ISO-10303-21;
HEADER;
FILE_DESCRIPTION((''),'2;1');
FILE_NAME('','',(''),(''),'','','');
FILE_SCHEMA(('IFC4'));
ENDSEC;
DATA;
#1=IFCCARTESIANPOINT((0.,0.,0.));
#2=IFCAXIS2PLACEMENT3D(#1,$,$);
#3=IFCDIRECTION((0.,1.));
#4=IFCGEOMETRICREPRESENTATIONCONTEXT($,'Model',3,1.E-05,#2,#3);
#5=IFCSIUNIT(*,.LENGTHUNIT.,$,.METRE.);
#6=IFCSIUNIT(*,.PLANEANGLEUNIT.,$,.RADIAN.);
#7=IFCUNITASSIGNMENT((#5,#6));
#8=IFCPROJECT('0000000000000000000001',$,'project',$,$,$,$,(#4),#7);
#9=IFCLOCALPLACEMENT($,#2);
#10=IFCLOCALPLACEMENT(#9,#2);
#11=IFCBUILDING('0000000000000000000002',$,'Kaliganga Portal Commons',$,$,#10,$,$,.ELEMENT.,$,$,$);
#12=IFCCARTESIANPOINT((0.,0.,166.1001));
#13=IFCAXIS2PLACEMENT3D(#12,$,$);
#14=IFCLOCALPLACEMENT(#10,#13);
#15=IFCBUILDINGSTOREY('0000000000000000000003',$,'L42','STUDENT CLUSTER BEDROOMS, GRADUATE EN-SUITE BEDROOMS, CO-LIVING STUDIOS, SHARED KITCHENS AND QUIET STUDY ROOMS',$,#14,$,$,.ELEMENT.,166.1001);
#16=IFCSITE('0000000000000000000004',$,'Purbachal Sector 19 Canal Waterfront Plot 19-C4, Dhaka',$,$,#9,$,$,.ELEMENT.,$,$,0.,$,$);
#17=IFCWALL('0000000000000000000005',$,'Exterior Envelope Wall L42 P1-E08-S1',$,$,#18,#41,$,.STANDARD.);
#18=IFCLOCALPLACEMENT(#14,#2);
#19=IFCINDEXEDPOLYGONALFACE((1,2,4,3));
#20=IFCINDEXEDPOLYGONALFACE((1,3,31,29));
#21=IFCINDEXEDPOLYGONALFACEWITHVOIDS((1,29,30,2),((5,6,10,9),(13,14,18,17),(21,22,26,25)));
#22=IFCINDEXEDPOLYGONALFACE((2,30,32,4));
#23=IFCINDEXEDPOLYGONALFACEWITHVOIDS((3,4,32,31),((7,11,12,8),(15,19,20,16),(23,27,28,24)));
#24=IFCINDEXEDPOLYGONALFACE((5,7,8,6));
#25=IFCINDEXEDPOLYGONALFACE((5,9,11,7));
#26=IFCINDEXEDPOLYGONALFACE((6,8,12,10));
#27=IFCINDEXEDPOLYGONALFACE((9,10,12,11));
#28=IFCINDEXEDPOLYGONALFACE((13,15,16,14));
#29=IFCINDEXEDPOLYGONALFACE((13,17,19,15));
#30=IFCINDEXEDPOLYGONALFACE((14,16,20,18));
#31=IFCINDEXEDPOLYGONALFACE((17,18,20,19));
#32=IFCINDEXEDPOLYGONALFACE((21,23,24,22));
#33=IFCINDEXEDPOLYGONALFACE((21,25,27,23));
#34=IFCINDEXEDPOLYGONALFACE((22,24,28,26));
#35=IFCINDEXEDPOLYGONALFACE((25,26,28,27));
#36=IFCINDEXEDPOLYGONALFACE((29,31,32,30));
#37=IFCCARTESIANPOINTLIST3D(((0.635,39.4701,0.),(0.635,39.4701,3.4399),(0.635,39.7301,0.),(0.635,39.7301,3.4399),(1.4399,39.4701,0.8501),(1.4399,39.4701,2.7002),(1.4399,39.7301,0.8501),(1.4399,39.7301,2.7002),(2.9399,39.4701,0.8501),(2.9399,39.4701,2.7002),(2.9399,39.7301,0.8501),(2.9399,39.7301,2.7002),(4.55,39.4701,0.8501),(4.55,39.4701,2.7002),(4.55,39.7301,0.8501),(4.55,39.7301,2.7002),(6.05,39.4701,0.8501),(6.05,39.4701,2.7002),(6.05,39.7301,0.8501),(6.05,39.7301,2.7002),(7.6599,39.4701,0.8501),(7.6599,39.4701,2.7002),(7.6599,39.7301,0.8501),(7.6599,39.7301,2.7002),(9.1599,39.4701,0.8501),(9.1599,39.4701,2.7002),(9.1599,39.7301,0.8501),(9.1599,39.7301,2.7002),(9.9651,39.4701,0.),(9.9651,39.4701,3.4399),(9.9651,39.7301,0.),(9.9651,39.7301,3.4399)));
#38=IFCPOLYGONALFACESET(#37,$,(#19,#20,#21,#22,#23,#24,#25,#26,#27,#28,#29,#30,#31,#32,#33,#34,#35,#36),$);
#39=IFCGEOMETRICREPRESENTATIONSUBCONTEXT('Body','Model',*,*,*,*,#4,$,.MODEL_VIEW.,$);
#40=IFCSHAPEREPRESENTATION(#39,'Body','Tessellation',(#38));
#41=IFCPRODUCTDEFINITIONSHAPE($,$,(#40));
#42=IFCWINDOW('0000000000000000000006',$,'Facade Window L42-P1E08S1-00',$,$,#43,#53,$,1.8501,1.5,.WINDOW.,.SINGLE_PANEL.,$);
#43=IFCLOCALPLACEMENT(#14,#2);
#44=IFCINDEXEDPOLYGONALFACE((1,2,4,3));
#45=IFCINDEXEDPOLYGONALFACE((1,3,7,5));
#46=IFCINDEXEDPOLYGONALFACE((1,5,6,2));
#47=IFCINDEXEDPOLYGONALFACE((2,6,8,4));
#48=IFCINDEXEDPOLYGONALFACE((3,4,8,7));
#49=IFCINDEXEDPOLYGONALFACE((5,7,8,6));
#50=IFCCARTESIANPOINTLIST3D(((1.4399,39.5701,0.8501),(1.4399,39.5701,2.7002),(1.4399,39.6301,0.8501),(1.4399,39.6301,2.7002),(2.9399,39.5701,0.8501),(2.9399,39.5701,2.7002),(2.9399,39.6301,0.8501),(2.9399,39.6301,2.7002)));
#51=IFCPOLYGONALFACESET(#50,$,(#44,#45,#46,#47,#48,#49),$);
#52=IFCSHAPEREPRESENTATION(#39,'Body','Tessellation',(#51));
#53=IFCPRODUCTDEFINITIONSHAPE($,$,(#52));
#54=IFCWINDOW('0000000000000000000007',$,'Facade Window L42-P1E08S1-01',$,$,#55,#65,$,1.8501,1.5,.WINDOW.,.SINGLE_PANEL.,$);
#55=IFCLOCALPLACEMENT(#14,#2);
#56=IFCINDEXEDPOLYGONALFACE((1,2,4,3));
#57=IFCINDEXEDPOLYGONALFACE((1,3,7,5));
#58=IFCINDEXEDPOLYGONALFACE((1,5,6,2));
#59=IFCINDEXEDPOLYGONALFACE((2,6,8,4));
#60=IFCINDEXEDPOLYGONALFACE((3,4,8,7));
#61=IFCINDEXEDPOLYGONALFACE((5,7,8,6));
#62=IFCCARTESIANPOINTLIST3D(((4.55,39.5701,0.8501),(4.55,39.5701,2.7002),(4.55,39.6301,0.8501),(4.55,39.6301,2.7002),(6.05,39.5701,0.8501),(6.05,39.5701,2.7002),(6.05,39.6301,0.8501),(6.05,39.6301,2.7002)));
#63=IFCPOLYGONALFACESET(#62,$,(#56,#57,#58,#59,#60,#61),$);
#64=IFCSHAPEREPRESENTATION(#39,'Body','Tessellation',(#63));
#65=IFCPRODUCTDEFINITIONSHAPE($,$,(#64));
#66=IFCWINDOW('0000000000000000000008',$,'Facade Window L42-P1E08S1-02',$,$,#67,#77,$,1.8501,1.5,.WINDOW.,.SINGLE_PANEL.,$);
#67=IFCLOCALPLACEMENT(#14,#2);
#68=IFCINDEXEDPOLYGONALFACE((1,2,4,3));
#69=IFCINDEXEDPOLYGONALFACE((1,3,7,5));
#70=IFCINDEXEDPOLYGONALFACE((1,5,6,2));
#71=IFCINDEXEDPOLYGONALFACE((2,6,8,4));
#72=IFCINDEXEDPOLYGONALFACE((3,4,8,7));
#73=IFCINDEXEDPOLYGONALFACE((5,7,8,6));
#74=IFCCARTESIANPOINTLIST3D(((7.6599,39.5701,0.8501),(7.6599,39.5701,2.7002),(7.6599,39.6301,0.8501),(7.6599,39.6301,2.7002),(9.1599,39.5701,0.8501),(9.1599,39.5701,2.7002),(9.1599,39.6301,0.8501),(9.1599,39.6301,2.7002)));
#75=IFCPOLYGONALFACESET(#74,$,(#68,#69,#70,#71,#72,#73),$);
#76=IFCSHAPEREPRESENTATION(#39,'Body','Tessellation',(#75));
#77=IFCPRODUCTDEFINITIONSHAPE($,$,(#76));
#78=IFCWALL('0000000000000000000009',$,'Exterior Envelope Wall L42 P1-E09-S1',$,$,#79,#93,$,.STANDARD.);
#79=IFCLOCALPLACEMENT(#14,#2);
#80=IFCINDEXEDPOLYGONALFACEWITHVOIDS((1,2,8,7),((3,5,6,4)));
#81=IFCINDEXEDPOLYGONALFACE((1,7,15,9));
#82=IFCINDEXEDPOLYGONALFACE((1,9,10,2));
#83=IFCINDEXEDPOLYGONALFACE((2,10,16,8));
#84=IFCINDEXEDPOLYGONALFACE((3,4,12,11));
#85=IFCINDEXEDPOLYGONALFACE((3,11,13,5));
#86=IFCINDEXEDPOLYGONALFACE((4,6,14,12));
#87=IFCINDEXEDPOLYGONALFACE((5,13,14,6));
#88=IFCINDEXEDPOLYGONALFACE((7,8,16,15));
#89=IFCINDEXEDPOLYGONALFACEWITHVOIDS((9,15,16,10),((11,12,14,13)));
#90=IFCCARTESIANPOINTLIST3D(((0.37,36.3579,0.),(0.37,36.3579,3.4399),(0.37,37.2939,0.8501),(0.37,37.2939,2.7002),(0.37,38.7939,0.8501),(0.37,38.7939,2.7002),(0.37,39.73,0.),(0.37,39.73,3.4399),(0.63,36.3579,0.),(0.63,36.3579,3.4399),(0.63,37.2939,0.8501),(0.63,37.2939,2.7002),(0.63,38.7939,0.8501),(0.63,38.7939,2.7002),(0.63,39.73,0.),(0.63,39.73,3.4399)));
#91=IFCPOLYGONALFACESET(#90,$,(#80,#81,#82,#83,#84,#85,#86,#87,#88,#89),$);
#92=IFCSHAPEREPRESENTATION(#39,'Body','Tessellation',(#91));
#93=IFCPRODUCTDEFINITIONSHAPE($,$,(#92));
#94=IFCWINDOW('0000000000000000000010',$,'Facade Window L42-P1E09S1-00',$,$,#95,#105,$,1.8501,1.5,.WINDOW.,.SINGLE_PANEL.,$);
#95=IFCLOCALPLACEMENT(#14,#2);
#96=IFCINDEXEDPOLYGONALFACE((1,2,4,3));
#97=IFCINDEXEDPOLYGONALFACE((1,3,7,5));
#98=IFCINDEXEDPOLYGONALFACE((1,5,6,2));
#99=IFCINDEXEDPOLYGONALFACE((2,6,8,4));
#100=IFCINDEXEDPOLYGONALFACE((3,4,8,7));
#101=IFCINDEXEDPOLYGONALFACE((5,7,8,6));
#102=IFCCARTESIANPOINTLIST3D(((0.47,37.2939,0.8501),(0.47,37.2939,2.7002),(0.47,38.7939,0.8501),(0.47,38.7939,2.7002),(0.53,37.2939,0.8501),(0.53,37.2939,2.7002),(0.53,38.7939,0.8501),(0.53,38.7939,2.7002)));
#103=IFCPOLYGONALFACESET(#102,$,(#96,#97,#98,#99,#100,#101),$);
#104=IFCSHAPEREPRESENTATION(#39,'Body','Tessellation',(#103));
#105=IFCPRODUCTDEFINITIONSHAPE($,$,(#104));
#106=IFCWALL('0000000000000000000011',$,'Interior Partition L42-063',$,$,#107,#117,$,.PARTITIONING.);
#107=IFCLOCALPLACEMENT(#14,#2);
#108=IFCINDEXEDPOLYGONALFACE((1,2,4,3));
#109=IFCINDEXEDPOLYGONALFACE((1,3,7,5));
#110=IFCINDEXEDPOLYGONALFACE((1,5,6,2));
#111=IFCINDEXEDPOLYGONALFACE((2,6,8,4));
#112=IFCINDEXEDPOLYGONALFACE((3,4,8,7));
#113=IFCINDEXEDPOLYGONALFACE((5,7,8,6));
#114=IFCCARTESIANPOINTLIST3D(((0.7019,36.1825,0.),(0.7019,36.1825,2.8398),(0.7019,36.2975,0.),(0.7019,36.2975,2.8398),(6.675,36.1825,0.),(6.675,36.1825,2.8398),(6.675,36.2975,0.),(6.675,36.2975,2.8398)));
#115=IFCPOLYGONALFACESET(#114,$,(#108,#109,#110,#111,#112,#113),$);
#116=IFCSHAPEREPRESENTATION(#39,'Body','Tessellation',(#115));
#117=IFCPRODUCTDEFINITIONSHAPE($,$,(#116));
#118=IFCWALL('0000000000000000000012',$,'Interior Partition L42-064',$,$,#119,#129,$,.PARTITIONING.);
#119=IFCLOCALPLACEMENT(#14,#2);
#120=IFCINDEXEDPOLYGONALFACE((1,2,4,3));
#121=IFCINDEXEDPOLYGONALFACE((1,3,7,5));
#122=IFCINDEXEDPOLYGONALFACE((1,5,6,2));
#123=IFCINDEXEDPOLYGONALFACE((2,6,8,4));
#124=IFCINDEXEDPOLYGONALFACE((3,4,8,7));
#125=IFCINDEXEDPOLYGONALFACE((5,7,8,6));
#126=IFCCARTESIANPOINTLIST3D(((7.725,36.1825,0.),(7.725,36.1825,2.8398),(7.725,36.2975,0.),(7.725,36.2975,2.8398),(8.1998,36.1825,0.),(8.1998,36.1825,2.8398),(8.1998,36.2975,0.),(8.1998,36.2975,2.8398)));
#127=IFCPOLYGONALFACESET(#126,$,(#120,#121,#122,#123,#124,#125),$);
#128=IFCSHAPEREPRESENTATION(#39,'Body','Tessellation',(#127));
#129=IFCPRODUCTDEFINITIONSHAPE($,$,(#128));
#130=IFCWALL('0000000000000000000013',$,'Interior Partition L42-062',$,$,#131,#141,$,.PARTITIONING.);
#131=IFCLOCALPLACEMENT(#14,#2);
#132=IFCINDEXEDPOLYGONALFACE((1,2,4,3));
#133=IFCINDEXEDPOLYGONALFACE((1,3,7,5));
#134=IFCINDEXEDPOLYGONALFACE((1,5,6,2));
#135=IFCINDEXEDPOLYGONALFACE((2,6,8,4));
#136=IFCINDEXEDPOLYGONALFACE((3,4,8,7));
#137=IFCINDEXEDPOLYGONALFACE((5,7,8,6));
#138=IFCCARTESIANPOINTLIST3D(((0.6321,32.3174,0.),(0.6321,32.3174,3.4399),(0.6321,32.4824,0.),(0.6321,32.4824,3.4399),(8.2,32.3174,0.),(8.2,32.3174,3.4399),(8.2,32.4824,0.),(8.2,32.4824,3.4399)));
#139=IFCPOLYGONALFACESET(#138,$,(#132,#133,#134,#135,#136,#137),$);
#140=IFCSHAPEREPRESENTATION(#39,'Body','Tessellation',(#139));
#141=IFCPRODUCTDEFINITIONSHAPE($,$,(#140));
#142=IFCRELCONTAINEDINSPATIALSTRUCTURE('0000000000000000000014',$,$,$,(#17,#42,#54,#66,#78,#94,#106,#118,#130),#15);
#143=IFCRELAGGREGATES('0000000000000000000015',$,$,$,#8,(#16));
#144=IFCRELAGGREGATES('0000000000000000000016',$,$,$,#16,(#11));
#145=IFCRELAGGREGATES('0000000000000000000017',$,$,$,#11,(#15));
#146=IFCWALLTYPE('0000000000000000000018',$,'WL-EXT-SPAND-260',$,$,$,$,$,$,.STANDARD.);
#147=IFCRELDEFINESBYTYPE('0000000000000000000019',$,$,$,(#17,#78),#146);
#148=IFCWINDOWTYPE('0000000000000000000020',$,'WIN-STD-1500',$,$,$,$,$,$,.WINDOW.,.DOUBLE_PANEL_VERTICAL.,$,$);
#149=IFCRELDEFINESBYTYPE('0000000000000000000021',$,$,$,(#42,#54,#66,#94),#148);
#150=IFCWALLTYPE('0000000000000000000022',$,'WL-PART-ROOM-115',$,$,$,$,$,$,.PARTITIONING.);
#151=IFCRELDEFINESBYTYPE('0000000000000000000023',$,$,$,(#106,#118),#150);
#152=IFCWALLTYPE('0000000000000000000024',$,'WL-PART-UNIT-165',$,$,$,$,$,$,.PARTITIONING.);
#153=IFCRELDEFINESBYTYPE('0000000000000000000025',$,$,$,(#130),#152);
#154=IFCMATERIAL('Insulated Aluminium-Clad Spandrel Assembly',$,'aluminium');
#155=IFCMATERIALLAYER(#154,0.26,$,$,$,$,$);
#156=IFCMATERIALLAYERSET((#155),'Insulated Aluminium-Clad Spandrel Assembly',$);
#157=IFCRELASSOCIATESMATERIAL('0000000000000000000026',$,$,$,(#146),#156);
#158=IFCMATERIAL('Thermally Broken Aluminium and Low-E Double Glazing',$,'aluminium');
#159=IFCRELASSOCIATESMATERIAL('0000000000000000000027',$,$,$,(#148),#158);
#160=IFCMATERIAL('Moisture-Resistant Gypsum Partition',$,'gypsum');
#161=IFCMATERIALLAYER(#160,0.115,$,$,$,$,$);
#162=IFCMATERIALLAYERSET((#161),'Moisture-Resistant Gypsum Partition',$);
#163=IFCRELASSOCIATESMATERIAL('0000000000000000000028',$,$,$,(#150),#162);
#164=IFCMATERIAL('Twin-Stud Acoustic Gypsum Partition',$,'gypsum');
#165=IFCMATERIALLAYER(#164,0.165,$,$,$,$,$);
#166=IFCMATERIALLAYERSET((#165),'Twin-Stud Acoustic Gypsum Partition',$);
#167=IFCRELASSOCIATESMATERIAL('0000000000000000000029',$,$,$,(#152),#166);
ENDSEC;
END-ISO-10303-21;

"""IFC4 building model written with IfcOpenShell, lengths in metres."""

from ifc_helpers import new_model, si_unit, direction, frame, frame_2d, origin, place, context, subcontext, project, spatial, rectangle, extrude, material, layer, layer_set, type_object, element, fill, save


model = new_model("IFC4")

# Units and contexts
model_context = context("Model", 3, precision=1e-05, world=origin(), true_north=direction((0.0, 1.0)))
body_context = subcontext(model_context, "Body", "Model", "MODEL_VIEW")
ifc_project = project(units=[si_unit("LENGTHUNIT", "METRE"), si_unit("PLANEANGLEUNIT", "RADIAN")], contexts=[model_context])

# Site, building, storey
site_placement = place(None, origin())
site = spatial("IfcSite", under=ifc_project, at=site_placement, Name="Purbachal Sector 19 Canal Waterfront Plot 19-C4, Dhaka", CompositionType="ELEMENT", RefElevation=0.0)
building_placement = place(site_placement, origin())
building = spatial("IfcBuilding", under=site, at=building_placement, Name="Kaliganga Portal Commons", CompositionType="ELEMENT")
storey_placement = place(building_placement, frame((0.0, 0.0, 166.1001)))
storey = spatial("IfcBuildingStorey", under=building, at=storey_placement, Name="L42", Description="STUDENT CLUSTER BEDROOMS, GRADUATE EN-SUITE BEDROOMS, CO-LIVING STUDIOS, SHARED KITCHENS AND QUIET STUDY ROOMS", CompositionType="ELEMENT", Elevation=166.1001)

# Wall, openings, windows
ifc_material_1 = material(Name="Insulated Aluminium-Clad Spandrel Assembly", Category="aluminium")
ifc_layer_1 = layer(ifc_material_1, 0.26)
ifc_layer_set_1 = layer_set([ifc_layer_1], Name="Insulated Aluminium-Clad Spandrel Assembly")
wall_type_1 = type_object("IfcWallType", Name="WL-EXT-SPAND-260", PredefinedType="STANDARD", material=ifc_layer_set_1)
wall_1_placement = place(storey_placement, frame((0.635, 39.6001, 0.0), z_axis=(0.0, 0.0, 1.0), x_axis=(1.0, 0.0, 0.0)))
wall_1 = element("IfcWall", 1, at=wall_1_placement, inside=storey, type_object=wall_type_1, Name="Exterior Envelope Wall L42 P1-E08-S1", PredefinedType="STANDARD", context=body_context, shape_type="SweptSolid", body=[
    extrude(rectangle(XDim=9.3301, YDim=0.26, at=frame_2d((4.665, 0.0))), origin(), (0.0, 0.0, 1.0), 3.4399),
])
opening_1_placement = place(wall_1_placement, frame((0.8049, 0.0, 0.8501)))
opening_1 = element("IfcOpeningElement", 2, at=opening_1_placement, cuts=wall_1, PredefinedType="OPENING", context=body_context, shape_type="SweptSolid", body=[
    extrude(rectangle(XDim=1.5, YDim=1.8501, at=frame_2d((0.75, 0.925))), frame((0.0, 0.1401, 0.0), z_axis=(0.0, -1.0, 0.0), x_axis=(1.0, 0.0, 0.0)), (0.0, 0.0, 1.0), 0.28),
])
opening_2_placement = place(wall_1_placement, frame((3.915, 0.0, 0.8501)))
opening_2 = element("IfcOpeningElement", 3, at=opening_2_placement, cuts=wall_1, PredefinedType="OPENING", context=body_context, shape_type="SweptSolid", body=[
    extrude(rectangle(XDim=1.5, YDim=1.8501, at=frame_2d((0.75, 0.925))), frame((0.0, 0.1401, 0.0), z_axis=(0.0, -1.0, 0.0), x_axis=(1.0, 0.0, 0.0)), (0.0, 0.0, 1.0), 0.28),
])
opening_3_placement = place(wall_1_placement, frame((7.0249, 0.0, 0.8501)))
opening_3 = element("IfcOpeningElement", 4, at=opening_3_placement, cuts=wall_1, PredefinedType="OPENING", context=body_context, shape_type="SweptSolid", body=[
    extrude(rectangle(XDim=1.5, YDim=1.8501, at=frame_2d((0.75, 0.925))), frame((0.0, 0.1401, 0.0), z_axis=(0.0, -1.0, 0.0), x_axis=(1.0, 0.0, 0.0)), (0.0, 0.0, 1.0), 0.28),
])
ifc_material_2 = material(Name="Thermally Broken Aluminium and Low-E Double Glazing", Category="aluminium")
window_type = type_object("IfcWindowType", Name="WIN-STD-1500", PartitioningType="DOUBLE_PANEL_VERTICAL", PredefinedType="WINDOW", material=ifc_material_2)
window_1_placement = place(opening_1_placement, origin())
window_1 = element("IfcWindow", 5, at=window_1_placement, inside=storey, type_object=window_type, Name="Facade Window L42-P1E08S1-00", OverallHeight=1.8501, OverallWidth=1.5, PartitioningType="SINGLE_PANEL", PredefinedType="WINDOW", context=body_context, shape_type="SweptSolid", body=[
    extrude(rectangle(XDim=1.5, YDim=1.8501, at=frame_2d((0.75, 0.925))), frame((0.0, 0.03, 0.0), z_axis=(0.0, -1.0, 0.0), x_axis=(1.0, 0.0, 0.0)), (0.0, 0.0, 1.0), 0.0601),
])
fill(opening_1, window_1)
window_2_placement = place(opening_2_placement, origin())
window_2 = element("IfcWindow", 6, at=window_2_placement, inside=storey, type_object=window_type, Name="Facade Window L42-P1E08S1-01", OverallHeight=1.8501, OverallWidth=1.5, PartitioningType="SINGLE_PANEL", PredefinedType="WINDOW", context=body_context, shape_type="SweptSolid", body=[
    extrude(rectangle(XDim=1.5, YDim=1.8501, at=frame_2d((0.75, 0.925))), frame((0.0, 0.03, 0.0), z_axis=(0.0, -1.0, 0.0), x_axis=(1.0, 0.0, 0.0)), (0.0, 0.0, 1.0), 0.0601),
])
fill(opening_2, window_2)
window_3_placement = place(opening_3_placement, origin())
window_3 = element("IfcWindow", 7, at=window_3_placement, inside=storey, type_object=window_type, Name="Facade Window L42-P1E08S1-02", OverallHeight=1.8501, OverallWidth=1.5, PartitioningType="SINGLE_PANEL", PredefinedType="WINDOW", context=body_context, shape_type="SweptSolid", body=[
    extrude(rectangle(XDim=1.5, YDim=1.8501, at=frame_2d((0.75, 0.925))), frame((0.0, 0.03, 0.0), z_axis=(0.0, -1.0, 0.0), x_axis=(1.0, 0.0, 0.0)), (0.0, 0.0, 1.0), 0.0601),
])
fill(opening_3, window_3)

# Wall, opening, window
wall_2_placement = place(storey_placement, frame((0.5, 36.3579, 0.0), z_axis=(0.0, 0.0, 1.0), x_axis=(0.0, 1.0, 0.0)))
wall_2 = element("IfcWall", 8, at=wall_2_placement, inside=storey, type_object=wall_type_1, Name="Exterior Envelope Wall L42 P1-E09-S1", PredefinedType="STANDARD", context=body_context, shape_type="SweptSolid", body=[
    extrude(rectangle(XDim=3.3721, YDim=0.26, at=frame_2d((1.686, 0.0))), origin(), (0.0, 0.0, 1.0), 3.4399),
])
opening_4_placement = place(wall_2_placement, frame((0.936, 0.0, 0.8501)))
opening_4 = element("IfcOpeningElement", 9, at=opening_4_placement, cuts=wall_2, PredefinedType="OPENING", context=body_context, shape_type="SweptSolid", body=[
    extrude(rectangle(XDim=1.5, YDim=1.8501, at=frame_2d((0.75, 0.925))), frame((0.0, 0.1401, 0.0), z_axis=(0.0, -1.0, 0.0), x_axis=(1.0, 0.0, 0.0)), (0.0, 0.0, 1.0), 0.28),
])
window_4_placement = place(opening_4_placement, origin())
window_4 = element("IfcWindow", 10, at=window_4_placement, inside=storey, type_object=window_type, Name="Facade Window L42-P1E09S1-00", OverallHeight=1.8501, OverallWidth=1.5, PartitioningType="SINGLE_PANEL", PredefinedType="WINDOW", context=body_context, shape_type="SweptSolid", body=[
    extrude(rectangle(XDim=1.5, YDim=1.8501, at=frame_2d((0.75, 0.925))), frame((0.0, 0.03, 0.0), z_axis=(0.0, -1.0, 0.0), x_axis=(1.0, 0.0, 0.0)), (0.0, 0.0, 1.0), 0.0601),
])
fill(opening_4, window_4)

# Walls
ifc_material_3 = material(Name="Moisture-Resistant Gypsum Partition", Category="gypsum")
ifc_layer_2 = layer(ifc_material_3, 0.115)
ifc_layer_set_2 = layer_set([ifc_layer_2], Name="Moisture-Resistant Gypsum Partition")
wall_type_2 = type_object("IfcWallType", Name="WL-PART-ROOM-115", PredefinedType="PARTITIONING", material=ifc_layer_set_2)
wall_3_placement = place(storey_placement, frame((0.7019, 36.24, 0.0), z_axis=(0.0, 0.0, 1.0), x_axis=(1.0, 0.0, 0.0)))
element("IfcWall", 11, at=wall_3_placement, inside=storey, type_object=wall_type_2, Name="Interior Partition L42-063", PredefinedType="PARTITIONING", context=body_context, shape_type="SweptSolid", body=[
    extrude(rectangle(XDim=5.9731, YDim=0.115, at=frame_2d((2.9866, 0.0))), origin(), (0.0, 0.0, 1.0), 2.8398),
])
wall_4_placement = place(storey_placement, frame((7.7251, 36.24, 0.0), z_axis=(0.0, 0.0, 1.0), x_axis=(1.0, 0.0, 0.0)))
element("IfcWall", 12, at=wall_4_placement, inside=storey, type_object=wall_type_2, Name="Interior Partition L42-064", PredefinedType="PARTITIONING", context=body_context, shape_type="SweptSolid", body=[
    extrude(rectangle(XDim=0.4749, YDim=0.115, at=frame_2d((0.2373, 0.0))), origin(), (0.0, 0.0, 1.0), 2.8398),
])
ifc_material_4 = material(Name="Twin-Stud Acoustic Gypsum Partition", Category="gypsum")
ifc_layer_3 = layer(ifc_material_4, 0.165)
ifc_layer_set_3 = layer_set([ifc_layer_3], Name="Twin-Stud Acoustic Gypsum Partition")
wall_type_3 = type_object("IfcWallType", Name="WL-PART-UNIT-165", PredefinedType="PARTITIONING", material=ifc_layer_set_3)
wall_5_placement = place(storey_placement, frame((0.6321, 32.3999, 0.0), z_axis=(0.0, 0.0, 1.0), x_axis=(1.0, 0.0, 0.0)))
element("IfcWall", 13, at=wall_5_placement, inside=storey, type_object=wall_type_3, Name="Interior Partition L42-062", PredefinedType="PARTITIONING", context=body_context, shape_type="SweptSolid", body=[
    extrude(rectangle(XDim=7.5679, YDim=0.165, at=frame_2d((3.7839, 0.0))), origin(), (0.0, 0.0, 1.0), 3.4399),
])

save(model, "model.ifc")
